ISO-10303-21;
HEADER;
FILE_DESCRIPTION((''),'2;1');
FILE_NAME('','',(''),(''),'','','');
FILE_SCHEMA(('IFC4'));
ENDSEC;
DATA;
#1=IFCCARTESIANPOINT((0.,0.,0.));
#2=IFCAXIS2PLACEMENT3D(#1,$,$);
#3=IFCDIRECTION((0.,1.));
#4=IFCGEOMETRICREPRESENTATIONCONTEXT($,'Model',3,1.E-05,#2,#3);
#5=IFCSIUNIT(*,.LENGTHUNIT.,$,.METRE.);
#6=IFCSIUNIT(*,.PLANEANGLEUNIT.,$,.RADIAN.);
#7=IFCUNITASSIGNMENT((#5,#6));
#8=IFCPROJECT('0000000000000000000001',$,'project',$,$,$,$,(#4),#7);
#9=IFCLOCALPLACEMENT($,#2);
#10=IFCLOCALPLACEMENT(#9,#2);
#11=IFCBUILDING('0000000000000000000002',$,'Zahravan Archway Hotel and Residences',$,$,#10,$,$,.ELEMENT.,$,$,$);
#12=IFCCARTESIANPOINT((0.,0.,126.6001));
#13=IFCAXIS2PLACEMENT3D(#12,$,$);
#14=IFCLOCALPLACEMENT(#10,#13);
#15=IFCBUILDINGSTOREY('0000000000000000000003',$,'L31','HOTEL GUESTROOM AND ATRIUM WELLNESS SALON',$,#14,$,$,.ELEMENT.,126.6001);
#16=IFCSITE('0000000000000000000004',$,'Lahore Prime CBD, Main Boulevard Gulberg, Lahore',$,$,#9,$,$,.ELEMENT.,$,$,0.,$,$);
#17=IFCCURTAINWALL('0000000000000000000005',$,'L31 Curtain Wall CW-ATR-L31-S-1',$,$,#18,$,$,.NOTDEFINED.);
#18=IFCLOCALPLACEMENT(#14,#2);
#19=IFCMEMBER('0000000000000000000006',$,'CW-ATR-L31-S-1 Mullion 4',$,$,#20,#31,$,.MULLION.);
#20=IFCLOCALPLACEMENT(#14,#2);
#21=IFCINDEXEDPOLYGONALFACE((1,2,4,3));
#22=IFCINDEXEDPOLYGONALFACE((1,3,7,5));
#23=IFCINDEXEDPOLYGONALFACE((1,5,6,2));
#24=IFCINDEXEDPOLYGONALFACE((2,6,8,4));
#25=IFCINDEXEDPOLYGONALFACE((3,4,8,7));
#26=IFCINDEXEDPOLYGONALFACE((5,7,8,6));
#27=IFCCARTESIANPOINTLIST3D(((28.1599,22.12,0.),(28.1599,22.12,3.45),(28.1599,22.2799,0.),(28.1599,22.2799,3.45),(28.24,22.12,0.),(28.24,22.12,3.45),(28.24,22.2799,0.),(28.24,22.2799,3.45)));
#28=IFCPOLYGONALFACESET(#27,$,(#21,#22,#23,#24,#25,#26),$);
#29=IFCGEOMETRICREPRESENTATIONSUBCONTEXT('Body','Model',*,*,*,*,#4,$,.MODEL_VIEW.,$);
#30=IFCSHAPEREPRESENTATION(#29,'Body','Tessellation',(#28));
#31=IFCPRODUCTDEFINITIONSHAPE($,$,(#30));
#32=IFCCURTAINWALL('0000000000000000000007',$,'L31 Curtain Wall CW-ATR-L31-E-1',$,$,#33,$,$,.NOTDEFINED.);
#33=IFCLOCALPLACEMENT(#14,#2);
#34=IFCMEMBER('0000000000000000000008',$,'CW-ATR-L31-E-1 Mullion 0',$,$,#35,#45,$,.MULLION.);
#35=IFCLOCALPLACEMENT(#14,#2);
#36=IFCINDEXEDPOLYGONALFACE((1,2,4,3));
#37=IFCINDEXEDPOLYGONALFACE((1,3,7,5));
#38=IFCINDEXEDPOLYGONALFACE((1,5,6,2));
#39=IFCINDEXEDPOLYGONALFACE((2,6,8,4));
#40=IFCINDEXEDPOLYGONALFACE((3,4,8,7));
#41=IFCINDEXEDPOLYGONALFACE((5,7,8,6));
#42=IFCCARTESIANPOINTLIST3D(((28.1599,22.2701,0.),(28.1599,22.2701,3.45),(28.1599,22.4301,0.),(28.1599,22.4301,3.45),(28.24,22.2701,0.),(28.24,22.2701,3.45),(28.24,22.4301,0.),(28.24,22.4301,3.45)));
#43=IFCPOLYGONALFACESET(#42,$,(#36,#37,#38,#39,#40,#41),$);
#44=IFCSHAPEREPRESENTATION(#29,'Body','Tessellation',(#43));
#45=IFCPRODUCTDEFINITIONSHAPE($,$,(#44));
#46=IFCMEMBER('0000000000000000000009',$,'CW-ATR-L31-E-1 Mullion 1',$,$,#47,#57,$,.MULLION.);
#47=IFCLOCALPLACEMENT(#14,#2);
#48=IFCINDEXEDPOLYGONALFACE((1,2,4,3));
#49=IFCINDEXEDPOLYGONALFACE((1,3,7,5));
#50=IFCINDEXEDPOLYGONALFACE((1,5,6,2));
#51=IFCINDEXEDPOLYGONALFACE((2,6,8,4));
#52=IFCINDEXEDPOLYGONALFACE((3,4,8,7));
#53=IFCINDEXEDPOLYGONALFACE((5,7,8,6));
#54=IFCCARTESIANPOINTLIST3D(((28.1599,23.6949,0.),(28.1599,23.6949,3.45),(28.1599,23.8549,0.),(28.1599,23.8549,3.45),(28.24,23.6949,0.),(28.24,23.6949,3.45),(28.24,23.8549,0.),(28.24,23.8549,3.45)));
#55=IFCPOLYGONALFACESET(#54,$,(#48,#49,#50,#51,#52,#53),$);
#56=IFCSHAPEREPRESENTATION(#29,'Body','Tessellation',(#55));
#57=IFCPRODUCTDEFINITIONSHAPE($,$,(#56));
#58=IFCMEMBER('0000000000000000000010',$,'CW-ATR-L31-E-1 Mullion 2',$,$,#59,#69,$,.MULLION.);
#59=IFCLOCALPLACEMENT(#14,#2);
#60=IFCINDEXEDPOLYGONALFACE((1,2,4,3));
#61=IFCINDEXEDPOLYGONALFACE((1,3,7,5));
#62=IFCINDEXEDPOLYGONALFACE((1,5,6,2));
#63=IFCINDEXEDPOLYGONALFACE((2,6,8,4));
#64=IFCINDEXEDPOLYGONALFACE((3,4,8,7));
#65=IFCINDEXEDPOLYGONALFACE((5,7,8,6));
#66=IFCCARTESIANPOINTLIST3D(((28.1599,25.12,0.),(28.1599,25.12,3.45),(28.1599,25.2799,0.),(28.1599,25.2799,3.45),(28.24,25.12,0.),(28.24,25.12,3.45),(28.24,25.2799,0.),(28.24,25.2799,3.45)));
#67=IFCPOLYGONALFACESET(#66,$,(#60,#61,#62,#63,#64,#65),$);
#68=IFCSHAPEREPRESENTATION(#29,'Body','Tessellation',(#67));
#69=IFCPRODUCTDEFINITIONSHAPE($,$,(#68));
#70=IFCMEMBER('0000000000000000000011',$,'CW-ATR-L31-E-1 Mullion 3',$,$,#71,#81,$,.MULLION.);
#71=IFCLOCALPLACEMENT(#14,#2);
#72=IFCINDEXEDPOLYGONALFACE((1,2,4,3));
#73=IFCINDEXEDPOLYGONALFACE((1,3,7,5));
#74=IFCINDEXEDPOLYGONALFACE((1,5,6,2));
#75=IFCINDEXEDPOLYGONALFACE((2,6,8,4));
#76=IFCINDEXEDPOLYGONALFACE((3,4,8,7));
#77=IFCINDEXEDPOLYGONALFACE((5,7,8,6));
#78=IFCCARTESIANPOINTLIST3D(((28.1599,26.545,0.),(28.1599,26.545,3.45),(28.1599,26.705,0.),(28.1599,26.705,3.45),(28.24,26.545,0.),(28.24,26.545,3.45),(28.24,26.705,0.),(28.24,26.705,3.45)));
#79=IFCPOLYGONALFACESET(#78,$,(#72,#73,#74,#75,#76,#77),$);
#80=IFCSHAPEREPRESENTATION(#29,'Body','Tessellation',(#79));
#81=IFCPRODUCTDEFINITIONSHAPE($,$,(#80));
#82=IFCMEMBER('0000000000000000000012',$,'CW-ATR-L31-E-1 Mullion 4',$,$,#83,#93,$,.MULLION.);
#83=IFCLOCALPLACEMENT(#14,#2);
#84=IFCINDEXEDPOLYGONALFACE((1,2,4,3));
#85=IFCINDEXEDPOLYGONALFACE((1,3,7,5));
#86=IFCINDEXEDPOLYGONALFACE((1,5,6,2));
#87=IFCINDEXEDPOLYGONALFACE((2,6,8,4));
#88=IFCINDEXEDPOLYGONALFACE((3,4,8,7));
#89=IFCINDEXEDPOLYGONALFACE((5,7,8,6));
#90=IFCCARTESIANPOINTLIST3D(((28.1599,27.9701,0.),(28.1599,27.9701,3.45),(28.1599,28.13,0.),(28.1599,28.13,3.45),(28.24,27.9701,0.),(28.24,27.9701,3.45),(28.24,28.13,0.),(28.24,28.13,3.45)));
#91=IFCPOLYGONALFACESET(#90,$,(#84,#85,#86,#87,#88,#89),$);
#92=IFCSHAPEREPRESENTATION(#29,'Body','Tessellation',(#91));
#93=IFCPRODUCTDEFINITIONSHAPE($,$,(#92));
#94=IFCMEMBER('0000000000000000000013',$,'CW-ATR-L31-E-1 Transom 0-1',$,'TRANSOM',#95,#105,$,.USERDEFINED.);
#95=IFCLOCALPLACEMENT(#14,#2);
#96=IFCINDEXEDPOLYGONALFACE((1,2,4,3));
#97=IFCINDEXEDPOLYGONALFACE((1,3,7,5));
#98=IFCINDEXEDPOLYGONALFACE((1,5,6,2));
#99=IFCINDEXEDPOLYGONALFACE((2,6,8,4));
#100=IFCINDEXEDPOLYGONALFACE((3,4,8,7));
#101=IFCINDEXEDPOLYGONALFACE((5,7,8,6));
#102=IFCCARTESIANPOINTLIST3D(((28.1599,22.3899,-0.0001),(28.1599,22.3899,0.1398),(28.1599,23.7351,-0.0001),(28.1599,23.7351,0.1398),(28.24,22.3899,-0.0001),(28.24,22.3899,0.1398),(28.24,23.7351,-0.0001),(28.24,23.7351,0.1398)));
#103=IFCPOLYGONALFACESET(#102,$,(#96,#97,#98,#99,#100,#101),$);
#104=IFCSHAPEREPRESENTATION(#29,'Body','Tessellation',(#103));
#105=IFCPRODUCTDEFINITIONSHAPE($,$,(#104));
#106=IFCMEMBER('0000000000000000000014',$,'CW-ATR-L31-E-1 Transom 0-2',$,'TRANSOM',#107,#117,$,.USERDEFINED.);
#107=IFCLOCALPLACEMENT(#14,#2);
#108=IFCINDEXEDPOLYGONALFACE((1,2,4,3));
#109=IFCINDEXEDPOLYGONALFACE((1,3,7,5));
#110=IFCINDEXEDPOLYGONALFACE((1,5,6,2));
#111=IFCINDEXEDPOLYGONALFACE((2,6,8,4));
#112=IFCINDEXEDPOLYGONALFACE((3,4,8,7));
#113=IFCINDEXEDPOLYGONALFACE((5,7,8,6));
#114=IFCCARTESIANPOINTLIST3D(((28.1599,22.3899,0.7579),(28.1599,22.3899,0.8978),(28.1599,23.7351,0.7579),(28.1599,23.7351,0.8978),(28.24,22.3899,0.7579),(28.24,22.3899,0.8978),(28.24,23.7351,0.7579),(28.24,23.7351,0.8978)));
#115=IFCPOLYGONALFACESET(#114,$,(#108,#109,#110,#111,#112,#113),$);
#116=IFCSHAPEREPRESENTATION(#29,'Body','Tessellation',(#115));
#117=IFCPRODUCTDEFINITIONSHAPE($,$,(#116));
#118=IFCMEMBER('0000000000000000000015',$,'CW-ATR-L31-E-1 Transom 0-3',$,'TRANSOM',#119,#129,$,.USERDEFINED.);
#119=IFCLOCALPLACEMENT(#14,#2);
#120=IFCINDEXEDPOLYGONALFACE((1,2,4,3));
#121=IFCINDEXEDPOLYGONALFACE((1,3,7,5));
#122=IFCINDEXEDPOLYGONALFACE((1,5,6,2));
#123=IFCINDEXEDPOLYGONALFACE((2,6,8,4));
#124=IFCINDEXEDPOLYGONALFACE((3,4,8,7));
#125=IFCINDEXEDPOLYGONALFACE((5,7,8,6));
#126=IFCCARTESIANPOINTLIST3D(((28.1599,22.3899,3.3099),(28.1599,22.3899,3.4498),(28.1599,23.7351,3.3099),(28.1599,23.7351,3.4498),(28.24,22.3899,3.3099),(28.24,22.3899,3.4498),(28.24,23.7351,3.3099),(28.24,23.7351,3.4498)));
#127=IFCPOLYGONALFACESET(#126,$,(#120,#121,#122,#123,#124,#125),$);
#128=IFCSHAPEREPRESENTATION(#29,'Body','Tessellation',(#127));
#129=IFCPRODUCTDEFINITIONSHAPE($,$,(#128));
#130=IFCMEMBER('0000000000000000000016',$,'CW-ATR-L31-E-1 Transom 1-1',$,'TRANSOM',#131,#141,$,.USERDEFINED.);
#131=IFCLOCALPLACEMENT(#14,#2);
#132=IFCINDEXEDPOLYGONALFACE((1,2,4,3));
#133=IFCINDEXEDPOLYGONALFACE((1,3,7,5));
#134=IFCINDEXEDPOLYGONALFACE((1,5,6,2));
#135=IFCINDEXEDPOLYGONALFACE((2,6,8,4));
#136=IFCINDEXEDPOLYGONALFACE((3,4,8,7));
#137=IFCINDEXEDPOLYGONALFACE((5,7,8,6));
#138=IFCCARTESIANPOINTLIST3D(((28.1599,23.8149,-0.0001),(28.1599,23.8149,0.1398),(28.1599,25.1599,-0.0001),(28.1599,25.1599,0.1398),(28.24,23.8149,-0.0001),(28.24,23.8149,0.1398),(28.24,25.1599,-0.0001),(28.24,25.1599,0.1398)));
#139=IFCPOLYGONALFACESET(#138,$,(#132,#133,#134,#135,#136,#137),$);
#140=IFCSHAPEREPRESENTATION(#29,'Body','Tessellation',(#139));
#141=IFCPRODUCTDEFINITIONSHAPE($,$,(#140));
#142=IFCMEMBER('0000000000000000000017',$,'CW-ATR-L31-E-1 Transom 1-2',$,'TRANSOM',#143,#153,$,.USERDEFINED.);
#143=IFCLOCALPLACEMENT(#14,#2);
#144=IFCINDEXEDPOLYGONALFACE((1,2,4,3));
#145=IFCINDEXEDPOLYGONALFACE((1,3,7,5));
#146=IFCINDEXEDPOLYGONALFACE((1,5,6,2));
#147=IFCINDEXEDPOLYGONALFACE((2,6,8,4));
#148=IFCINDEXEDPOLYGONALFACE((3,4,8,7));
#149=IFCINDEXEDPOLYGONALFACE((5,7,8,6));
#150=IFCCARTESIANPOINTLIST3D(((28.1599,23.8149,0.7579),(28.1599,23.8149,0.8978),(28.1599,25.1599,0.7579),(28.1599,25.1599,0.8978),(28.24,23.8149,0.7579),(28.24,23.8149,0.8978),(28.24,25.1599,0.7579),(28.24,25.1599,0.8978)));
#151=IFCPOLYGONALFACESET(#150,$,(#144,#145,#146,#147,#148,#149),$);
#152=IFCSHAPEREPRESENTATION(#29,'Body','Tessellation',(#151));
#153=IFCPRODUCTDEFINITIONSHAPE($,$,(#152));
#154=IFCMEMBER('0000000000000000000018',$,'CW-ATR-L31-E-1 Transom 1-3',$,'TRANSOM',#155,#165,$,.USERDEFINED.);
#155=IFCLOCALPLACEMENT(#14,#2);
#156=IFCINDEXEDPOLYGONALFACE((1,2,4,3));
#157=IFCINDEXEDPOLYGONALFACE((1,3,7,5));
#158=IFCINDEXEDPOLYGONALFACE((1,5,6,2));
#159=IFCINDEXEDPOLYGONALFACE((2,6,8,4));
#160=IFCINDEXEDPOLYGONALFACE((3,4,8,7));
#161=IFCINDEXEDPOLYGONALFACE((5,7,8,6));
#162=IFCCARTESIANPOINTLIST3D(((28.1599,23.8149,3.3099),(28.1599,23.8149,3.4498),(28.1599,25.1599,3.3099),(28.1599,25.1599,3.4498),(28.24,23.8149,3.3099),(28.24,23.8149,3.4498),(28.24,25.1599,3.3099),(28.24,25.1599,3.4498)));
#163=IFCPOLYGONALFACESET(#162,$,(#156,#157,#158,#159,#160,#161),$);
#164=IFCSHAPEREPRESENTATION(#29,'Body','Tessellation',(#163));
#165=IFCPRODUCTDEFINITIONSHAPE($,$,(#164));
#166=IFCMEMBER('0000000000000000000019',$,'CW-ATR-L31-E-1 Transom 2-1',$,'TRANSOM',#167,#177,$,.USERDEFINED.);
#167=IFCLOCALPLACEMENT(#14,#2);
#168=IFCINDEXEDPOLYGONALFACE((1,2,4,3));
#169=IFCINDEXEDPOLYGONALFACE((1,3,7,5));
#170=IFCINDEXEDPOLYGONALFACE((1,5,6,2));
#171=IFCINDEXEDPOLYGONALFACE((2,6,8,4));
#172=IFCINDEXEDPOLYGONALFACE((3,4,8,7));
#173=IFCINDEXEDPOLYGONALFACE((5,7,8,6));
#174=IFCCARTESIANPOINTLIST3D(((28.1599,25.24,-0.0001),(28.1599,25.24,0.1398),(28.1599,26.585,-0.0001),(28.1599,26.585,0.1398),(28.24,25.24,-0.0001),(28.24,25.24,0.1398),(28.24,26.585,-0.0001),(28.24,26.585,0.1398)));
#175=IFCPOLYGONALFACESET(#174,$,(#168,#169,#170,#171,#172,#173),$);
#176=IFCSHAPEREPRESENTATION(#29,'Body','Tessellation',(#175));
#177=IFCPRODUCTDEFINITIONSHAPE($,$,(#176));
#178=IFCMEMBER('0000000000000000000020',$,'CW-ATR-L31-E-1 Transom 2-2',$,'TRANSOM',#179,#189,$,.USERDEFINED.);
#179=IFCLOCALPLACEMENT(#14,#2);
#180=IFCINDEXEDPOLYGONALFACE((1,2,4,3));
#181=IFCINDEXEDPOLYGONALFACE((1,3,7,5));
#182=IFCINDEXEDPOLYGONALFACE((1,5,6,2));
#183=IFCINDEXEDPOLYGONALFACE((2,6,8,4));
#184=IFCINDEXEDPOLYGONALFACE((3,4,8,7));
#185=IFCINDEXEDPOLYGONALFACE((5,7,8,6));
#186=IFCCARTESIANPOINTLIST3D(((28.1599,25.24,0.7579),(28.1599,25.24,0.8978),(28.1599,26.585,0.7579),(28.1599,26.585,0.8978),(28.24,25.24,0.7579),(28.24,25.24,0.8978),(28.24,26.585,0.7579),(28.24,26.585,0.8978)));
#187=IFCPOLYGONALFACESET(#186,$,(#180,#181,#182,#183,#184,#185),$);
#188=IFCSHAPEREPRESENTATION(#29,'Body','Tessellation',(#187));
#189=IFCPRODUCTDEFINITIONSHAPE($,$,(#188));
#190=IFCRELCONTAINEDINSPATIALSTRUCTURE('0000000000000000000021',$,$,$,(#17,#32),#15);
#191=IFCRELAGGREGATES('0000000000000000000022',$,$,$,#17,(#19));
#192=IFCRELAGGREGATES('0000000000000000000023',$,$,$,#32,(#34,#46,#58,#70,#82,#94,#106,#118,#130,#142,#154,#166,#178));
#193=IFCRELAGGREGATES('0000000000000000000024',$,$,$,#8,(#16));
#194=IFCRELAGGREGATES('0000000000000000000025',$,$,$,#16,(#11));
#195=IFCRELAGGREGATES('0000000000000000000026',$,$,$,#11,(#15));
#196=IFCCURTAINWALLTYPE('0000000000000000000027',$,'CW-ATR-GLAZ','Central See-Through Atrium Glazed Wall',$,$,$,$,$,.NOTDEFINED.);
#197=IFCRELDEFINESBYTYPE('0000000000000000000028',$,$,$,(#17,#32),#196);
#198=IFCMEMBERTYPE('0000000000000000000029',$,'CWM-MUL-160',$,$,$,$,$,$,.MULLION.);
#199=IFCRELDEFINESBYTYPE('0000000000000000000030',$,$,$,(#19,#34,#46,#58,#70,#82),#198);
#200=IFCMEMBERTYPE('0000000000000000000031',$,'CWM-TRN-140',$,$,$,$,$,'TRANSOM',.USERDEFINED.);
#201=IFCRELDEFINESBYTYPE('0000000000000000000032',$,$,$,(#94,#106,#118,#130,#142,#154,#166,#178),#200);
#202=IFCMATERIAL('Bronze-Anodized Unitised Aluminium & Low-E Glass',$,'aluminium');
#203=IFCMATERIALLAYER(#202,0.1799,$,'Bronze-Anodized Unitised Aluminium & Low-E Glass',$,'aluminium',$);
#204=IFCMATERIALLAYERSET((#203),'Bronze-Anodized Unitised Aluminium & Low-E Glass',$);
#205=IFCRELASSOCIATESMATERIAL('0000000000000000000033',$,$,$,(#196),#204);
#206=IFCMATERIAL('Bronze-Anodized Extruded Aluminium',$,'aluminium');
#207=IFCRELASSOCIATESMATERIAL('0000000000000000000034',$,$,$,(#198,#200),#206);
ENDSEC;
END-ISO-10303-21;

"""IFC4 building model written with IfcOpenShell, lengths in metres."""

from ifc_helpers import new_model, si_unit, direction, frame, origin, origin_2d, place, context, subcontext, project, spatial, rectangle, extrude, source, transform, mapped, material, layer, layer_set, material_profile, profile_set, type_object, element, aggregate, save


model = new_model("IFC4")

# Units and contexts
model_context = context("Model", 3, precision=1e-05, world=origin(), true_north=direction((0.0, 1.0)))
body_context = subcontext(model_context, "Body", "Model", "MODEL_VIEW")
ifc_project = project(units=[si_unit("LENGTHUNIT", "METRE"), si_unit("PLANEANGLEUNIT", "RADIAN")], contexts=[model_context])

# Site, building, storey
site_placement = place(None, origin())
site = spatial("IfcSite", under=ifc_project, at=site_placement, Name="Lahore Prime CBD, Main Boulevard Gulberg, Lahore", CompositionType="ELEMENT", RefElevation=0.0)
building_placement = place(site_placement, origin())
building = spatial("IfcBuilding", under=site, at=building_placement, Name="Zahravan Archway Hotel and Residences", CompositionType="ELEMENT")
storey_placement = place(building_placement, frame((0.0, 0.0, 126.6001)))
storey = spatial("IfcBuildingStorey", under=building, at=storey_placement, Name="L31", Description="HOTEL GUESTROOM AND ATRIUM WELLNESS SALON", CompositionType="ELEMENT", Elevation=126.6001)

# Curtain wall, member
ifc_material_1 = material(Name="Bronze-Anodized Unitised Aluminium & Low-E Glass", Category="aluminium")
ifc_layer_1 = layer(ifc_material_1, 0.1799, Name="Bronze-Anodized Unitised Aluminium & Low-E Glass", Category="aluminium")
ifc_layer_set_1 = layer_set([ifc_layer_1], Name="Bronze-Anodized Unitised Aluminium & Low-E Glass")
curtain_wall_type = type_object("IfcCurtainWallType", Name="CW-ATR-GLAZ", Description="Central See-Through Atrium Glazed Wall", PredefinedType="NOTDEFINED", material=ifc_layer_set_1)
curtain_wall_1_placement = place(storey_placement, origin())
curtain_wall_1 = element("IfcCurtainWall", 1, at=curtain_wall_1_placement, inside=storey, type_object=curtain_wall_type, Name="L31 Curtain Wall CW-ATR-L31-S-1", PredefinedType="NOTDEFINED")
ifc_material_2 = material(Name="Bronze-Anodized Extruded Aluminium", Category="aluminium")
ifc_material_profile_1 = material_profile(ifc_material_2, rectangle(XDim=0.0801, YDim=0.1599, at=origin_2d()), Name="MUL 80x160", Category="aluminium")
ifc_profile_set_1 = profile_set([ifc_material_profile_1], Name="Bronze-Anodized Extruded Aluminium")
member_type_1 = type_object("IfcMemberType", Name="CWM-MUL-160", PredefinedType="MULLION", material=ifc_profile_set_1)
shared_shape_1 = source(origin(), body_context, "Body", "SweptSolid", [
    extrude(rectangle(XDim=0.0801, YDim=0.1599, at=origin_2d()), origin(), (0.0, 0.0, 1.0), 3.45),
])
member_1_placement = place(storey_placement, frame((28.2, 22.2, 0.0), z_axis=(0.0, 0.0, 1.0), x_axis=(1.0, 0.0, 0.0)))
member_1 = element("IfcMember", 2, at=member_1_placement, type_object=member_type_1, Name="CW-ATR-L31-S-1 Mullion 4", PredefinedType="MULLION", context=body_context, shape_type="MappedRepresentation", body=[
    mapped(shared_shape_1, transform((0.0, 0.0, 0.0), scale=1.0)),
])

# Curtain wall, members
curtain_wall_2_placement = place(storey_placement, origin())
curtain_wall_2 = element("IfcCurtainWall", 3, at=curtain_wall_2_placement, inside=storey, type_object=curtain_wall_type, Name="L31 Curtain Wall CW-ATR-L31-E-1", PredefinedType="NOTDEFINED")
member_2_placement = place(storey_placement, frame((28.2, 22.3501, 0.0), z_axis=(0.0, 0.0, 1.0), x_axis=(1.0, 0.0, 0.0)))
member_2 = element("IfcMember", 4, at=member_2_placement, type_object=member_type_1, Name="CW-ATR-L31-E-1 Mullion 0", PredefinedType="MULLION", context=body_context, shape_type="MappedRepresentation", body=[
    mapped(shared_shape_1, transform((0.0, 0.0, 0.0), scale=1.0)),
])
member_3_placement = place(storey_placement, frame((28.2, 23.7749, 0.0), z_axis=(0.0, 0.0, 1.0), x_axis=(1.0, 0.0, 0.0)))
member_3 = element("IfcMember", 5, at=member_3_placement, type_object=member_type_1, Name="CW-ATR-L31-E-1 Mullion 1", PredefinedType="MULLION", context=body_context, shape_type="MappedRepresentation", body=[
    mapped(shared_shape_1, transform((0.0, 0.0, 0.0), scale=1.0)),
])
member_4_placement = place(storey_placement, frame((28.2, 25.2, 0.0), z_axis=(0.0, 0.0, 1.0), x_axis=(1.0, 0.0, 0.0)))
member_4 = element("IfcMember", 6, at=member_4_placement, type_object=member_type_1, Name="CW-ATR-L31-E-1 Mullion 2", PredefinedType="MULLION", context=body_context, shape_type="MappedRepresentation", body=[
    mapped(shared_shape_1, transform((0.0, 0.0, 0.0), scale=1.0)),
])
member_5_placement = place(storey_placement, frame((28.2, 26.625, 0.0), z_axis=(0.0, 0.0, 1.0), x_axis=(1.0, 0.0, 0.0)))
member_5 = element("IfcMember", 7, at=member_5_placement, type_object=member_type_1, Name="CW-ATR-L31-E-1 Mullion 3", PredefinedType="MULLION", context=body_context, shape_type="MappedRepresentation", body=[
    mapped(shared_shape_1, transform((0.0, 0.0, 0.0), scale=1.0)),
])
member_6_placement = place(storey_placement, frame((28.2, 28.05, 0.0), z_axis=(0.0, 0.0, 1.0), x_axis=(1.0, 0.0, 0.0)))
member_6 = element("IfcMember", 8, at=member_6_placement, type_object=member_type_1, Name="CW-ATR-L31-E-1 Mullion 4", PredefinedType="MULLION", context=body_context, shape_type="MappedRepresentation", body=[
    mapped(shared_shape_1, transform((0.0, 0.0, 0.0), scale=1.0)),
])
ifc_material_profile_2 = material_profile(ifc_material_2, rectangle(XDim=0.0801, YDim=0.1399, at=origin_2d()), Name="TRN 80x140", Category="aluminium")
ifc_profile_set_2 = profile_set([ifc_material_profile_2], Name="Bronze-Anodized Extruded Aluminium")
member_type_2 = type_object("IfcMemberType", Name="CWM-TRN-140", ElementType="TRANSOM", PredefinedType="USERDEFINED", material=ifc_profile_set_2)
shared_shape_2 = source(origin(), body_context, "Body", "SweptSolid", [
    extrude(rectangle(XDim=0.0801, YDim=0.1399, at=origin_2d()), origin(), (0.0, 0.0, 1.0), 1.3452),
])
member_7_placement = place(storey_placement, frame((28.2, 22.3899, 0.0698), z_axis=(0.0, 1.0, 0.0), x_axis=(-1.0, 0.0, 0.0)))
member_7 = element("IfcMember", 9, at=member_7_placement, type_object=member_type_2, Name="CW-ATR-L31-E-1 Transom 0-1", ObjectType="TRANSOM", PredefinedType="USERDEFINED", context=body_context, shape_type="MappedRepresentation", body=[
    mapped(shared_shape_2, transform((0.0, 0.0, 0.0), scale=1.0)),
])
member_8_placement = place(storey_placement, frame((28.2, 22.3899, 0.8279), z_axis=(0.0, 1.0, 0.0), x_axis=(-1.0, 0.0, 0.0)))
member_8 = element("IfcMember", 10, at=member_8_placement, type_object=member_type_2, Name="CW-ATR-L31-E-1 Transom 0-2", ObjectType="TRANSOM", PredefinedType="USERDEFINED", context=body_context, shape_type="MappedRepresentation", body=[
    mapped(shared_shape_2, transform((0.0, 0.0, 0.0), scale=1.0)),
])
member_9_placement = place(storey_placement, frame((28.2, 22.3899, 3.3799), z_axis=(0.0, 1.0, 0.0), x_axis=(-1.0, 0.0, 0.0)))
member_9 = element("IfcMember", 11, at=member_9_placement, type_object=member_type_2, Name="CW-ATR-L31-E-1 Transom 0-3", ObjectType="TRANSOM", PredefinedType="USERDEFINED", context=body_context, shape_type="MappedRepresentation", body=[
    mapped(shared_shape_2, transform((0.0, 0.0, 0.0), scale=1.0)),
])
shared_shape_3 = source(origin(), body_context, "Body", "SweptSolid", [
    extrude(rectangle(XDim=0.0801, YDim=0.1399, at=origin_2d()), origin(), (0.0, 0.0, 1.0), 1.345),
])
member_10_placement = place(storey_placement, frame((28.2, 23.8149, 0.0698), z_axis=(0.0, 1.0, 0.0), x_axis=(-1.0, 0.0, 0.0)))
member_10 = element("IfcMember", 12, at=member_10_placement, type_object=member_type_2, Name="CW-ATR-L31-E-1 Transom 1-1", ObjectType="TRANSOM", PredefinedType="USERDEFINED", context=body_context, shape_type="MappedRepresentation", body=[
    mapped(shared_shape_3, transform((0.0, 0.0, 0.0), scale=1.0)),
])
member_11_placement = place(storey_placement, frame((28.2, 23.8149, 0.8279), z_axis=(0.0, 1.0, 0.0), x_axis=(-1.0, 0.0, 0.0)))
member_11 = element("IfcMember", 13, at=member_11_placement, type_object=member_type_2, Name="CW-ATR-L31-E-1 Transom 1-2", ObjectType="TRANSOM", PredefinedType="USERDEFINED", context=body_context, shape_type="MappedRepresentation", body=[
    mapped(shared_shape_3, transform((0.0, 0.0, 0.0), scale=1.0)),
])
member_12_placement = place(storey_placement, frame((28.2, 23.8149, 3.3799), z_axis=(0.0, 1.0, 0.0), x_axis=(-1.0, 0.0, 0.0)))
member_12 = element("IfcMember", 14, at=member_12_placement, type_object=member_type_2, Name="CW-ATR-L31-E-1 Transom 1-3", ObjectType="TRANSOM", PredefinedType="USERDEFINED", context=body_context, shape_type="MappedRepresentation", body=[
    mapped(shared_shape_3, transform((0.0, 0.0, 0.0), scale=1.0)),
])
member_13_placement = place(storey_placement, frame((28.2, 25.24, 0.0698), z_axis=(0.0, 1.0, 0.0), x_axis=(-1.0, 0.0, 0.0)))
member_13 = element("IfcMember", 15, at=member_13_placement, type_object=member_type_2, Name="CW-ATR-L31-E-1 Transom 2-1", ObjectType="TRANSOM", PredefinedType="USERDEFINED", context=body_context, shape_type="MappedRepresentation", body=[
    mapped(shared_shape_3, transform((0.0, 0.0, 0.0), scale=1.0)),
])
member_14_placement = place(storey_placement, frame((28.2, 25.24, 0.8279), z_axis=(0.0, 1.0, 0.0), x_axis=(-1.0, 0.0, 0.0)))
member_14 = element("IfcMember", 16, at=member_14_placement, type_object=member_type_2, Name="CW-ATR-L31-E-1 Transom 2-2", ObjectType="TRANSOM", PredefinedType="USERDEFINED", context=body_context, shape_type="MappedRepresentation", body=[
    mapped(shared_shape_3, transform((0.0, 0.0, 0.0), scale=1.0)),
])

aggregate(curtain_wall_1, [member_1])
aggregate(curtain_wall_2, [member_2, member_3, member_4, member_5, member_6, member_7, member_8, member_9, member_10, member_11, member_12, member_13, member_14])

save(model, "model.ifc")
